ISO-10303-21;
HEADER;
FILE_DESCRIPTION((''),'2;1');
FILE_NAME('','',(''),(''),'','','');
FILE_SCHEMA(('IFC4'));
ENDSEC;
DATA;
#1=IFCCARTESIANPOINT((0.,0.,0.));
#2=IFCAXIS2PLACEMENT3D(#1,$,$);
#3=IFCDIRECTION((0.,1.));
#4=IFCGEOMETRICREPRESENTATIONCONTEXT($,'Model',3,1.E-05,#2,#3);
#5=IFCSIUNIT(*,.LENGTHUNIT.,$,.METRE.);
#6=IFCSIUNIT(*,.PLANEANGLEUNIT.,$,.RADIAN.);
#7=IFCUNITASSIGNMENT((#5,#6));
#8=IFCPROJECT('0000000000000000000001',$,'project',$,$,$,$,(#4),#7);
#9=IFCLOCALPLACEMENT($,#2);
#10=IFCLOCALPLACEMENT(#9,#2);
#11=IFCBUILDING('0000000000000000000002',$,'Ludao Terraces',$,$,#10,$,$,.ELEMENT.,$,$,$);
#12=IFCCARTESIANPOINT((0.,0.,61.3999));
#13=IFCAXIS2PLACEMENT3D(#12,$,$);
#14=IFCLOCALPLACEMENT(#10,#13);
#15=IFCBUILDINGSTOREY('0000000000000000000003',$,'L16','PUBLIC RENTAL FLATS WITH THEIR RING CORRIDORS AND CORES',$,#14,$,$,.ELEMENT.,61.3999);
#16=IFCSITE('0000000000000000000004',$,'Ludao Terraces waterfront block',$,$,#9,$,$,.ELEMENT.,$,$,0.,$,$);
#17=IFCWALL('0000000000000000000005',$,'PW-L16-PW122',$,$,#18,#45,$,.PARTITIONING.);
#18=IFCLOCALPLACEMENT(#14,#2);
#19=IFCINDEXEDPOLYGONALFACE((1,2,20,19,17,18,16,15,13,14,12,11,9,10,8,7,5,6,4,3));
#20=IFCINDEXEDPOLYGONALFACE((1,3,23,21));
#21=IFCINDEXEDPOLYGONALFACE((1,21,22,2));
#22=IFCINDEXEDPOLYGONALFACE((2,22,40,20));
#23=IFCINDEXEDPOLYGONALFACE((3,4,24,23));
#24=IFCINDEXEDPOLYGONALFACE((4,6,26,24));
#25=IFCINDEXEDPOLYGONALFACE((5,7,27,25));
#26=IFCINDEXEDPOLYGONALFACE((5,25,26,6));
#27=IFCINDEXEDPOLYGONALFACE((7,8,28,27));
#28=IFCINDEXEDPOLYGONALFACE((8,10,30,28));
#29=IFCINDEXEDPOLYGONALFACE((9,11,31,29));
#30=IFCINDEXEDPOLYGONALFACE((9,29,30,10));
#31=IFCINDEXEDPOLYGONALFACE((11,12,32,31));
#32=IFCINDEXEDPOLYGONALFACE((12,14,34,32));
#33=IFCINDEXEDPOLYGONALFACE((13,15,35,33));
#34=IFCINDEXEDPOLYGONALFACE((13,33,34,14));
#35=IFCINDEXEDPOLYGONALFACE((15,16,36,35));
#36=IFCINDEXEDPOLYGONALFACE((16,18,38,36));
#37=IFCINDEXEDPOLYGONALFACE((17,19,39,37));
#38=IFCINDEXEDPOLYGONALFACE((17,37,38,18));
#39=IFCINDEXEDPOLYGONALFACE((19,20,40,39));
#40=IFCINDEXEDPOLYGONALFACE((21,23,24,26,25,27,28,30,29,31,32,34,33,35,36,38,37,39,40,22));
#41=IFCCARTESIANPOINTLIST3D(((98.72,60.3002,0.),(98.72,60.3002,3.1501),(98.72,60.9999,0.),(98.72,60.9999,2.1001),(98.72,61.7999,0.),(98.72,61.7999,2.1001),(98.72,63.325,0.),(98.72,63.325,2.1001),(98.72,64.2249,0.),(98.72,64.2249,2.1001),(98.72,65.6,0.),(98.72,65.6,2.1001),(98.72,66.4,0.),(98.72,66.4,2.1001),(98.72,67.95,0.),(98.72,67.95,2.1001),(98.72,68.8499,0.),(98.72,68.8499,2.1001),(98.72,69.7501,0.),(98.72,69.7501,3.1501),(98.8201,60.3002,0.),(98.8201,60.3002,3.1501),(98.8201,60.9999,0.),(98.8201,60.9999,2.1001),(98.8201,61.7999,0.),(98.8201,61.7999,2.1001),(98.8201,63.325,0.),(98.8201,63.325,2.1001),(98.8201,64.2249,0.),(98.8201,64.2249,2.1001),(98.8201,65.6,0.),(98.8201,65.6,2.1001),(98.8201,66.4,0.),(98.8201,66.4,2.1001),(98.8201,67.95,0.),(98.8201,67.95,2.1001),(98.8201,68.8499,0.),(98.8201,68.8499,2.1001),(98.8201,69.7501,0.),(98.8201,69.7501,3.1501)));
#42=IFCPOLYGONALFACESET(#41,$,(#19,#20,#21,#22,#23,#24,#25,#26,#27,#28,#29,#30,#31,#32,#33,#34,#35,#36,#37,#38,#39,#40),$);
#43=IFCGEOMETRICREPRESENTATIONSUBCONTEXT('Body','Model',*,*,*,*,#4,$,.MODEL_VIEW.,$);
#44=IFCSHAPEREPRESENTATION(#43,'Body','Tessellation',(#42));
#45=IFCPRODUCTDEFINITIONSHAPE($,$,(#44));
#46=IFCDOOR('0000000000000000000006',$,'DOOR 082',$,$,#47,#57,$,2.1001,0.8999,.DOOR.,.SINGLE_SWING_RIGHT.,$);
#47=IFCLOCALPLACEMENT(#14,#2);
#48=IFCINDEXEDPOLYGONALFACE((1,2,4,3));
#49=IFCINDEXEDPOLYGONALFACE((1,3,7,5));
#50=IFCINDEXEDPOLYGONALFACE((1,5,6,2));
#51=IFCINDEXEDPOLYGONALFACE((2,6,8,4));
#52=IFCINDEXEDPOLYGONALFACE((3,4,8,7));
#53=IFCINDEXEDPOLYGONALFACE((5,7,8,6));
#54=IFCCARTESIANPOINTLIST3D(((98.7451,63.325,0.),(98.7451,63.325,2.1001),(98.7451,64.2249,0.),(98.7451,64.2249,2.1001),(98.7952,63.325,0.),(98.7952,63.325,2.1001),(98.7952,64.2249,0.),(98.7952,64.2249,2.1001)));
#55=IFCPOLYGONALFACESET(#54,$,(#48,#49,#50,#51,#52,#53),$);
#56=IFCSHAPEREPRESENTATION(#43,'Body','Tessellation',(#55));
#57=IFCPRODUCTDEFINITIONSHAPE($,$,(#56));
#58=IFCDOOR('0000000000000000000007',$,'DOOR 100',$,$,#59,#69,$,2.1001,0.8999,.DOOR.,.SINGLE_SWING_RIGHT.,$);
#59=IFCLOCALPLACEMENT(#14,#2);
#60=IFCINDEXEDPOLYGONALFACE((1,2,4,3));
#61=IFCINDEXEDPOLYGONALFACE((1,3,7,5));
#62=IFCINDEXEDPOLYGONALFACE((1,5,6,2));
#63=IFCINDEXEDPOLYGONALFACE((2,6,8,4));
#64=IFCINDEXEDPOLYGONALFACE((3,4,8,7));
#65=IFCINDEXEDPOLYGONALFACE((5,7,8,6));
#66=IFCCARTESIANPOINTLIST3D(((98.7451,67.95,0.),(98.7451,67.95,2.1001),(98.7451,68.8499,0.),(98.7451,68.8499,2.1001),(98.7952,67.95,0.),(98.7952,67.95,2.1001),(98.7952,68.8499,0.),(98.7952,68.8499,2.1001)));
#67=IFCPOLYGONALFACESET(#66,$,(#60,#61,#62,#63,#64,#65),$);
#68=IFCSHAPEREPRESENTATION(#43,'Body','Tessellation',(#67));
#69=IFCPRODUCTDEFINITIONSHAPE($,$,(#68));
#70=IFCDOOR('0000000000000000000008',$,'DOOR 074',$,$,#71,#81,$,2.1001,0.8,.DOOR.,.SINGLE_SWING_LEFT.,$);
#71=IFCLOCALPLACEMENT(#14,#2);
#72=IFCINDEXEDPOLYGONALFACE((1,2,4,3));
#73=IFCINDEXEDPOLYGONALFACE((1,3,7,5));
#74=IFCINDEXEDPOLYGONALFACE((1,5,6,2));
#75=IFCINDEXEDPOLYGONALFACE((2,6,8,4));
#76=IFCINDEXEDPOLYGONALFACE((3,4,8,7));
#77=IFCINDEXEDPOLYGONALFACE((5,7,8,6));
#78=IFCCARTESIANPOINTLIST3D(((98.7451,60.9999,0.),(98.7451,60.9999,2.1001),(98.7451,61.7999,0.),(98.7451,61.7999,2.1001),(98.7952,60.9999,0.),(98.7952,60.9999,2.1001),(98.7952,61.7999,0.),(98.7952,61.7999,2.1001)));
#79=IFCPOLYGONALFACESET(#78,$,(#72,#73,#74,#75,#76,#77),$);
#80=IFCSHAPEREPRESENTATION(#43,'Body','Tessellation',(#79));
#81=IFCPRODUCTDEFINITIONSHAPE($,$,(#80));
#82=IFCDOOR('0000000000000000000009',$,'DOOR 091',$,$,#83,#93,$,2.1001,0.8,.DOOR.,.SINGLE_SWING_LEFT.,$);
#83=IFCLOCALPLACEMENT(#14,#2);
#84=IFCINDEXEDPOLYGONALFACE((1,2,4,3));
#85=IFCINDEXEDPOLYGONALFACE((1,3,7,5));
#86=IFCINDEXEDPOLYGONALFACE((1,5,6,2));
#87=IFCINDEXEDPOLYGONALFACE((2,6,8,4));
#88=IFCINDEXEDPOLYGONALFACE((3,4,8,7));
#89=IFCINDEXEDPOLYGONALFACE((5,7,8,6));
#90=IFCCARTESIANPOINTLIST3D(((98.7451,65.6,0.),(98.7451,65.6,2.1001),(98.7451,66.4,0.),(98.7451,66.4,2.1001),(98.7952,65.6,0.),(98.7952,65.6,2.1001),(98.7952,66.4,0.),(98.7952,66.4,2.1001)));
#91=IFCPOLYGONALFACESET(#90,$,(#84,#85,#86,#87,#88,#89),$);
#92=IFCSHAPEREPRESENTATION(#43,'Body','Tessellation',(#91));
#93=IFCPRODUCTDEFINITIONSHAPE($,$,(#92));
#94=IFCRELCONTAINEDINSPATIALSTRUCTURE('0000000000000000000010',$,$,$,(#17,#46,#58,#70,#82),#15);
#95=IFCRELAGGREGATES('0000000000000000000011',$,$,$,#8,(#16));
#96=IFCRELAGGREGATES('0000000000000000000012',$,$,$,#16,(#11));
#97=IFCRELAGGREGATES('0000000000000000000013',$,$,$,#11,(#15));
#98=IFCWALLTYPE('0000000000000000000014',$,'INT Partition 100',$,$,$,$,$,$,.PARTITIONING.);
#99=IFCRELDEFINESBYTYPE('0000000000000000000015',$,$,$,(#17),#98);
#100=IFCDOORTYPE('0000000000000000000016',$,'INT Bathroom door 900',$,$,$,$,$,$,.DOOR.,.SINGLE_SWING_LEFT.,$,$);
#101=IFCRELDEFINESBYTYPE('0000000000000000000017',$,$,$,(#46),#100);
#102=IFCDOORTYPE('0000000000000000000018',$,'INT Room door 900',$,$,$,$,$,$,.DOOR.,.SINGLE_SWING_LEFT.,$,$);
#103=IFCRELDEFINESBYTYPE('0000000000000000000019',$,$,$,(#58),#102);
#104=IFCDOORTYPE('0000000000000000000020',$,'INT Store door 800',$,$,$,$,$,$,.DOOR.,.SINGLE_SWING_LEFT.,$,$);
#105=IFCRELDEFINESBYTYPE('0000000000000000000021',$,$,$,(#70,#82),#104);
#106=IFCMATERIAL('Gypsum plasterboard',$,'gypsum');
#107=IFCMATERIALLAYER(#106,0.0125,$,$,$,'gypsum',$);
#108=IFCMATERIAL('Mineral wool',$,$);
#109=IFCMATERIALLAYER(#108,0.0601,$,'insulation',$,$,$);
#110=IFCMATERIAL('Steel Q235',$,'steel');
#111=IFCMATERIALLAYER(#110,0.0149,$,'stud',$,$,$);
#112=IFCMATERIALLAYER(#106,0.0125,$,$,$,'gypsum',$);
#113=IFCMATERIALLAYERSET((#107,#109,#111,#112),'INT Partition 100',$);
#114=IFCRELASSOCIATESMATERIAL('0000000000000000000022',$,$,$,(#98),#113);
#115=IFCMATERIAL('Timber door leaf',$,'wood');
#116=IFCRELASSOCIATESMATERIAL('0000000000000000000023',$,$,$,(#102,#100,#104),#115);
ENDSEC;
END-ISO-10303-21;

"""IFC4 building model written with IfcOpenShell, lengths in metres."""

from ifc_helpers import new_model, si_unit, direction, frame, frame_2d, origin, place, context, subcontext, project, spatial, rectangle, extrude, material, layer, layer_set, type_object, element, fill, save


model = new_model("IFC4")

# Units and contexts
model_context = context("Model", 3, precision=1e-05, world=origin(), true_north=direction((0.0, 1.0)))
body_context = subcontext(model_context, "Body", "Model", "MODEL_VIEW")
ifc_project = project(units=[si_unit("LENGTHUNIT", "METRE"), si_unit("PLANEANGLEUNIT", "RADIAN")], contexts=[model_context])

# Site, building, storey
site_placement = place(None, origin())
site = spatial("IfcSite", under=ifc_project, at=site_placement, Name="Ludao Terraces waterfront block", CompositionType="ELEMENT", RefElevation=0.0)
building_placement = place(site_placement, origin())
building = spatial("IfcBuilding", under=site, at=building_placement, Name="Ludao Terraces", CompositionType="ELEMENT")
storey_placement = place(building_placement, frame((0.0, 0.0, 61.3999)))
storey = spatial("IfcBuildingStorey", under=building, at=storey_placement, Name="L16", Description="PUBLIC RENTAL FLATS WITH THEIR RING CORRIDORS AND CORES", CompositionType="ELEMENT", Elevation=61.3999)

# Shared definitions
ifc_material_1 = material(Name="Steel Q235", Category="steel")

# Shared definitions
ifc_material_2 = material(Name="Gypsum plasterboard", Category="gypsum")
ifc_layer_1 = layer(ifc_material_2, 0.0125, Category="gypsum")
ifc_material_3 = material(Name="Mineral wool")
ifc_layer_2 = layer(ifc_material_3, 0.0601, Name="insulation")
ifc_layer_3 = layer(ifc_material_1, 0.0149, Name="stud")
ifc_layer_4 = layer(ifc_material_2, 0.0125, Category="gypsum")
ifc_layer_set_1 = layer_set([ifc_layer_1, ifc_layer_2, ifc_layer_3, ifc_layer_4], Name="INT Partition 100")
wall_type_1 = type_object("IfcWallType", Name="INT Partition 100", PredefinedType="PARTITIONING", material=ifc_layer_set_1)

# Wall, openings, doors
ifc_material_4 = material(Name="Timber door leaf", Category="wood")
door_type_1 = type_object("IfcDoorType", Name="INT Room door 900", OperationType="SINGLE_SWING_LEFT", PredefinedType="DOOR", material=ifc_material_4)
wall_1_placement = place(storey_placement, frame((98.77, 60.3, 0.0), z_axis=(0.0, 0.0, 1.0), x_axis=(0.0, 1.0, 0.0)))
wall_1 = element("IfcWall", 1, at=wall_1_placement, inside=storey, type_object=wall_type_1, Name="PW-L16-PW122", PredefinedType="PARTITIONING", context=body_context, shape_type="SweptSolid", body=[
    extrude(rectangle(XDim=9.45, YDim=0.1001, at=frame_2d((4.7251, 0.0))), origin(), (0.0, 0.0, 1.0), 3.1501),
])
opening_1_placement = place(wall_1_placement, frame((0.7, 0.0, 0.0)))
opening_1 = element("IfcOpeningElement", 2, at=opening_1_placement, cuts=wall_1, PredefinedType="OPENING", context=body_context, shape_type="SweptSolid", body=[
    extrude(rectangle(XDim=0.8, YDim=2.1001, at=frame_2d((0.3999, 1.05))), frame((0.0, 0.0601, 0.0), z_axis=(0.0, -1.0, 0.0), x_axis=(1.0, 0.0, 0.0)), (0.0, 0.0, 1.0), 0.1201),
])
opening_2_placement = place(wall_1_placement, frame((3.0249, 0.0, 0.0)))
opening_2 = element("IfcOpeningElement", 3, at=opening_2_placement, cuts=wall_1, PredefinedType="OPENING", context=body_context, shape_type="SweptSolid", body=[
    extrude(rectangle(XDim=0.8999, YDim=2.1001, at=frame_2d((0.45, 1.05))), frame((0.0, 0.0601, 0.0), z_axis=(0.0, -1.0, 0.0), x_axis=(1.0, 0.0, 0.0)), (0.0, 0.0, 1.0), 0.1201),
])
opening_3_placement = place(wall_1_placement, frame((5.3, 0.0, 0.0)))
opening_3 = element("IfcOpeningElement", 4, at=opening_3_placement, cuts=wall_1, PredefinedType="OPENING", context=body_context, shape_type="SweptSolid", body=[
    extrude(rectangle(XDim=0.8, YDim=2.1001, at=frame_2d((0.3999, 1.05))), frame((0.0, 0.0601, 0.0), z_axis=(0.0, -1.0, 0.0), x_axis=(1.0, 0.0, 0.0)), (0.0, 0.0, 1.0), 0.1201),
])
opening_4_placement = place(wall_1_placement, frame((7.6499, 0.0, 0.0)))
opening_4 = element("IfcOpeningElement", 5, at=opening_4_placement, cuts=wall_1, PredefinedType="OPENING", context=body_context, shape_type="SweptSolid", body=[
    extrude(rectangle(XDim=0.8999, YDim=2.1001, at=frame_2d((0.45, 1.05))), frame((0.0, 0.0601, 0.0), z_axis=(0.0, -1.0, 0.0), x_axis=(1.0, 0.0, 0.0)), (0.0, 0.0, 1.0), 0.1201),
])
door_type_2 = type_object("IfcDoorType", Name="INT Bathroom door 900", OperationType="SINGLE_SWING_LEFT", PredefinedType="DOOR", material=ifc_material_4)
door_1_placement = place(opening_2_placement, origin())
door_1 = element("IfcDoor", 6, at=door_1_placement, inside=storey, type_object=door_type_2, Name="DOOR 082", OperationType="SINGLE_SWING_RIGHT", OverallHeight=2.1001, OverallWidth=0.8999, PredefinedType="DOOR", context=body_context, shape_type="SweptSolid", body=[
    extrude(rectangle(XDim=0.8999, YDim=2.1001, at=frame_2d((0.45, 1.05))), frame((0.0, 0.0249, 0.0), z_axis=(0.0, -1.0, 0.0), x_axis=(1.0, 0.0, 0.0)), (0.0, 0.0, 1.0), 0.05),
])
fill(opening_2, door_1)
door_2_placement = place(opening_4_placement, origin())
door_2 = element("IfcDoor", 7, at=door_2_placement, inside=storey, type_object=door_type_1, Name="DOOR 100", OperationType="SINGLE_SWING_RIGHT", OverallHeight=2.1001, OverallWidth=0.8999, PredefinedType="DOOR", context=body_context, shape_type="SweptSolid", body=[
    extrude(rectangle(XDim=0.8999, YDim=2.1001, at=frame_2d((0.45, 1.05))), frame((0.0, 0.0249, 0.0), z_axis=(0.0, -1.0, 0.0), x_axis=(1.0, 0.0, 0.0)), (0.0, 0.0, 1.0), 0.05),
])
fill(opening_4, door_2)
door_type_3 = type_object("IfcDoorType", Name="INT Store door 800", OperationType="SINGLE_SWING_LEFT", PredefinedType="DOOR", material=ifc_material_4)
door_3_placement = place(opening_1_placement, origin())
door_3 = element("IfcDoor", 8, at=door_3_placement, inside=storey, type_object=door_type_3, Name="DOOR 074", OperationType="SINGLE_SWING_LEFT", OverallHeight=2.1001, OverallWidth=0.8, PredefinedType="DOOR", context=body_context, shape_type="SweptSolid", body=[
    extrude(rectangle(XDim=0.8, YDim=2.1001, at=frame_2d((0.3999, 1.05))), frame((0.0, 0.0249, 0.0), z_axis=(0.0, -1.0, 0.0), x_axis=(1.0, 0.0, 0.0)), (0.0, 0.0, 1.0), 0.05),
])
fill(opening_1, door_3)
door_4_placement = place(opening_3_placement, origin())
door_4 = element("IfcDoor", 9, at=door_4_placement, inside=storey, type_object=door_type_3, Name="DOOR 091", OperationType="SINGLE_SWING_LEFT", OverallHeight=2.1001, OverallWidth=0.8, PredefinedType="DOOR", context=body_context, shape_type="SweptSolid", body=[
    extrude(rectangle(XDim=0.8, YDim=2.1001, at=frame_2d((0.3999, 1.05))), frame((0.0, 0.0249, 0.0), z_axis=(0.0, -1.0, 0.0), x_axis=(1.0, 0.0, 0.0)), (0.0, 0.0, 1.0), 0.05),
])
fill(opening_3, door_4)

save(model, "model.ifc")
